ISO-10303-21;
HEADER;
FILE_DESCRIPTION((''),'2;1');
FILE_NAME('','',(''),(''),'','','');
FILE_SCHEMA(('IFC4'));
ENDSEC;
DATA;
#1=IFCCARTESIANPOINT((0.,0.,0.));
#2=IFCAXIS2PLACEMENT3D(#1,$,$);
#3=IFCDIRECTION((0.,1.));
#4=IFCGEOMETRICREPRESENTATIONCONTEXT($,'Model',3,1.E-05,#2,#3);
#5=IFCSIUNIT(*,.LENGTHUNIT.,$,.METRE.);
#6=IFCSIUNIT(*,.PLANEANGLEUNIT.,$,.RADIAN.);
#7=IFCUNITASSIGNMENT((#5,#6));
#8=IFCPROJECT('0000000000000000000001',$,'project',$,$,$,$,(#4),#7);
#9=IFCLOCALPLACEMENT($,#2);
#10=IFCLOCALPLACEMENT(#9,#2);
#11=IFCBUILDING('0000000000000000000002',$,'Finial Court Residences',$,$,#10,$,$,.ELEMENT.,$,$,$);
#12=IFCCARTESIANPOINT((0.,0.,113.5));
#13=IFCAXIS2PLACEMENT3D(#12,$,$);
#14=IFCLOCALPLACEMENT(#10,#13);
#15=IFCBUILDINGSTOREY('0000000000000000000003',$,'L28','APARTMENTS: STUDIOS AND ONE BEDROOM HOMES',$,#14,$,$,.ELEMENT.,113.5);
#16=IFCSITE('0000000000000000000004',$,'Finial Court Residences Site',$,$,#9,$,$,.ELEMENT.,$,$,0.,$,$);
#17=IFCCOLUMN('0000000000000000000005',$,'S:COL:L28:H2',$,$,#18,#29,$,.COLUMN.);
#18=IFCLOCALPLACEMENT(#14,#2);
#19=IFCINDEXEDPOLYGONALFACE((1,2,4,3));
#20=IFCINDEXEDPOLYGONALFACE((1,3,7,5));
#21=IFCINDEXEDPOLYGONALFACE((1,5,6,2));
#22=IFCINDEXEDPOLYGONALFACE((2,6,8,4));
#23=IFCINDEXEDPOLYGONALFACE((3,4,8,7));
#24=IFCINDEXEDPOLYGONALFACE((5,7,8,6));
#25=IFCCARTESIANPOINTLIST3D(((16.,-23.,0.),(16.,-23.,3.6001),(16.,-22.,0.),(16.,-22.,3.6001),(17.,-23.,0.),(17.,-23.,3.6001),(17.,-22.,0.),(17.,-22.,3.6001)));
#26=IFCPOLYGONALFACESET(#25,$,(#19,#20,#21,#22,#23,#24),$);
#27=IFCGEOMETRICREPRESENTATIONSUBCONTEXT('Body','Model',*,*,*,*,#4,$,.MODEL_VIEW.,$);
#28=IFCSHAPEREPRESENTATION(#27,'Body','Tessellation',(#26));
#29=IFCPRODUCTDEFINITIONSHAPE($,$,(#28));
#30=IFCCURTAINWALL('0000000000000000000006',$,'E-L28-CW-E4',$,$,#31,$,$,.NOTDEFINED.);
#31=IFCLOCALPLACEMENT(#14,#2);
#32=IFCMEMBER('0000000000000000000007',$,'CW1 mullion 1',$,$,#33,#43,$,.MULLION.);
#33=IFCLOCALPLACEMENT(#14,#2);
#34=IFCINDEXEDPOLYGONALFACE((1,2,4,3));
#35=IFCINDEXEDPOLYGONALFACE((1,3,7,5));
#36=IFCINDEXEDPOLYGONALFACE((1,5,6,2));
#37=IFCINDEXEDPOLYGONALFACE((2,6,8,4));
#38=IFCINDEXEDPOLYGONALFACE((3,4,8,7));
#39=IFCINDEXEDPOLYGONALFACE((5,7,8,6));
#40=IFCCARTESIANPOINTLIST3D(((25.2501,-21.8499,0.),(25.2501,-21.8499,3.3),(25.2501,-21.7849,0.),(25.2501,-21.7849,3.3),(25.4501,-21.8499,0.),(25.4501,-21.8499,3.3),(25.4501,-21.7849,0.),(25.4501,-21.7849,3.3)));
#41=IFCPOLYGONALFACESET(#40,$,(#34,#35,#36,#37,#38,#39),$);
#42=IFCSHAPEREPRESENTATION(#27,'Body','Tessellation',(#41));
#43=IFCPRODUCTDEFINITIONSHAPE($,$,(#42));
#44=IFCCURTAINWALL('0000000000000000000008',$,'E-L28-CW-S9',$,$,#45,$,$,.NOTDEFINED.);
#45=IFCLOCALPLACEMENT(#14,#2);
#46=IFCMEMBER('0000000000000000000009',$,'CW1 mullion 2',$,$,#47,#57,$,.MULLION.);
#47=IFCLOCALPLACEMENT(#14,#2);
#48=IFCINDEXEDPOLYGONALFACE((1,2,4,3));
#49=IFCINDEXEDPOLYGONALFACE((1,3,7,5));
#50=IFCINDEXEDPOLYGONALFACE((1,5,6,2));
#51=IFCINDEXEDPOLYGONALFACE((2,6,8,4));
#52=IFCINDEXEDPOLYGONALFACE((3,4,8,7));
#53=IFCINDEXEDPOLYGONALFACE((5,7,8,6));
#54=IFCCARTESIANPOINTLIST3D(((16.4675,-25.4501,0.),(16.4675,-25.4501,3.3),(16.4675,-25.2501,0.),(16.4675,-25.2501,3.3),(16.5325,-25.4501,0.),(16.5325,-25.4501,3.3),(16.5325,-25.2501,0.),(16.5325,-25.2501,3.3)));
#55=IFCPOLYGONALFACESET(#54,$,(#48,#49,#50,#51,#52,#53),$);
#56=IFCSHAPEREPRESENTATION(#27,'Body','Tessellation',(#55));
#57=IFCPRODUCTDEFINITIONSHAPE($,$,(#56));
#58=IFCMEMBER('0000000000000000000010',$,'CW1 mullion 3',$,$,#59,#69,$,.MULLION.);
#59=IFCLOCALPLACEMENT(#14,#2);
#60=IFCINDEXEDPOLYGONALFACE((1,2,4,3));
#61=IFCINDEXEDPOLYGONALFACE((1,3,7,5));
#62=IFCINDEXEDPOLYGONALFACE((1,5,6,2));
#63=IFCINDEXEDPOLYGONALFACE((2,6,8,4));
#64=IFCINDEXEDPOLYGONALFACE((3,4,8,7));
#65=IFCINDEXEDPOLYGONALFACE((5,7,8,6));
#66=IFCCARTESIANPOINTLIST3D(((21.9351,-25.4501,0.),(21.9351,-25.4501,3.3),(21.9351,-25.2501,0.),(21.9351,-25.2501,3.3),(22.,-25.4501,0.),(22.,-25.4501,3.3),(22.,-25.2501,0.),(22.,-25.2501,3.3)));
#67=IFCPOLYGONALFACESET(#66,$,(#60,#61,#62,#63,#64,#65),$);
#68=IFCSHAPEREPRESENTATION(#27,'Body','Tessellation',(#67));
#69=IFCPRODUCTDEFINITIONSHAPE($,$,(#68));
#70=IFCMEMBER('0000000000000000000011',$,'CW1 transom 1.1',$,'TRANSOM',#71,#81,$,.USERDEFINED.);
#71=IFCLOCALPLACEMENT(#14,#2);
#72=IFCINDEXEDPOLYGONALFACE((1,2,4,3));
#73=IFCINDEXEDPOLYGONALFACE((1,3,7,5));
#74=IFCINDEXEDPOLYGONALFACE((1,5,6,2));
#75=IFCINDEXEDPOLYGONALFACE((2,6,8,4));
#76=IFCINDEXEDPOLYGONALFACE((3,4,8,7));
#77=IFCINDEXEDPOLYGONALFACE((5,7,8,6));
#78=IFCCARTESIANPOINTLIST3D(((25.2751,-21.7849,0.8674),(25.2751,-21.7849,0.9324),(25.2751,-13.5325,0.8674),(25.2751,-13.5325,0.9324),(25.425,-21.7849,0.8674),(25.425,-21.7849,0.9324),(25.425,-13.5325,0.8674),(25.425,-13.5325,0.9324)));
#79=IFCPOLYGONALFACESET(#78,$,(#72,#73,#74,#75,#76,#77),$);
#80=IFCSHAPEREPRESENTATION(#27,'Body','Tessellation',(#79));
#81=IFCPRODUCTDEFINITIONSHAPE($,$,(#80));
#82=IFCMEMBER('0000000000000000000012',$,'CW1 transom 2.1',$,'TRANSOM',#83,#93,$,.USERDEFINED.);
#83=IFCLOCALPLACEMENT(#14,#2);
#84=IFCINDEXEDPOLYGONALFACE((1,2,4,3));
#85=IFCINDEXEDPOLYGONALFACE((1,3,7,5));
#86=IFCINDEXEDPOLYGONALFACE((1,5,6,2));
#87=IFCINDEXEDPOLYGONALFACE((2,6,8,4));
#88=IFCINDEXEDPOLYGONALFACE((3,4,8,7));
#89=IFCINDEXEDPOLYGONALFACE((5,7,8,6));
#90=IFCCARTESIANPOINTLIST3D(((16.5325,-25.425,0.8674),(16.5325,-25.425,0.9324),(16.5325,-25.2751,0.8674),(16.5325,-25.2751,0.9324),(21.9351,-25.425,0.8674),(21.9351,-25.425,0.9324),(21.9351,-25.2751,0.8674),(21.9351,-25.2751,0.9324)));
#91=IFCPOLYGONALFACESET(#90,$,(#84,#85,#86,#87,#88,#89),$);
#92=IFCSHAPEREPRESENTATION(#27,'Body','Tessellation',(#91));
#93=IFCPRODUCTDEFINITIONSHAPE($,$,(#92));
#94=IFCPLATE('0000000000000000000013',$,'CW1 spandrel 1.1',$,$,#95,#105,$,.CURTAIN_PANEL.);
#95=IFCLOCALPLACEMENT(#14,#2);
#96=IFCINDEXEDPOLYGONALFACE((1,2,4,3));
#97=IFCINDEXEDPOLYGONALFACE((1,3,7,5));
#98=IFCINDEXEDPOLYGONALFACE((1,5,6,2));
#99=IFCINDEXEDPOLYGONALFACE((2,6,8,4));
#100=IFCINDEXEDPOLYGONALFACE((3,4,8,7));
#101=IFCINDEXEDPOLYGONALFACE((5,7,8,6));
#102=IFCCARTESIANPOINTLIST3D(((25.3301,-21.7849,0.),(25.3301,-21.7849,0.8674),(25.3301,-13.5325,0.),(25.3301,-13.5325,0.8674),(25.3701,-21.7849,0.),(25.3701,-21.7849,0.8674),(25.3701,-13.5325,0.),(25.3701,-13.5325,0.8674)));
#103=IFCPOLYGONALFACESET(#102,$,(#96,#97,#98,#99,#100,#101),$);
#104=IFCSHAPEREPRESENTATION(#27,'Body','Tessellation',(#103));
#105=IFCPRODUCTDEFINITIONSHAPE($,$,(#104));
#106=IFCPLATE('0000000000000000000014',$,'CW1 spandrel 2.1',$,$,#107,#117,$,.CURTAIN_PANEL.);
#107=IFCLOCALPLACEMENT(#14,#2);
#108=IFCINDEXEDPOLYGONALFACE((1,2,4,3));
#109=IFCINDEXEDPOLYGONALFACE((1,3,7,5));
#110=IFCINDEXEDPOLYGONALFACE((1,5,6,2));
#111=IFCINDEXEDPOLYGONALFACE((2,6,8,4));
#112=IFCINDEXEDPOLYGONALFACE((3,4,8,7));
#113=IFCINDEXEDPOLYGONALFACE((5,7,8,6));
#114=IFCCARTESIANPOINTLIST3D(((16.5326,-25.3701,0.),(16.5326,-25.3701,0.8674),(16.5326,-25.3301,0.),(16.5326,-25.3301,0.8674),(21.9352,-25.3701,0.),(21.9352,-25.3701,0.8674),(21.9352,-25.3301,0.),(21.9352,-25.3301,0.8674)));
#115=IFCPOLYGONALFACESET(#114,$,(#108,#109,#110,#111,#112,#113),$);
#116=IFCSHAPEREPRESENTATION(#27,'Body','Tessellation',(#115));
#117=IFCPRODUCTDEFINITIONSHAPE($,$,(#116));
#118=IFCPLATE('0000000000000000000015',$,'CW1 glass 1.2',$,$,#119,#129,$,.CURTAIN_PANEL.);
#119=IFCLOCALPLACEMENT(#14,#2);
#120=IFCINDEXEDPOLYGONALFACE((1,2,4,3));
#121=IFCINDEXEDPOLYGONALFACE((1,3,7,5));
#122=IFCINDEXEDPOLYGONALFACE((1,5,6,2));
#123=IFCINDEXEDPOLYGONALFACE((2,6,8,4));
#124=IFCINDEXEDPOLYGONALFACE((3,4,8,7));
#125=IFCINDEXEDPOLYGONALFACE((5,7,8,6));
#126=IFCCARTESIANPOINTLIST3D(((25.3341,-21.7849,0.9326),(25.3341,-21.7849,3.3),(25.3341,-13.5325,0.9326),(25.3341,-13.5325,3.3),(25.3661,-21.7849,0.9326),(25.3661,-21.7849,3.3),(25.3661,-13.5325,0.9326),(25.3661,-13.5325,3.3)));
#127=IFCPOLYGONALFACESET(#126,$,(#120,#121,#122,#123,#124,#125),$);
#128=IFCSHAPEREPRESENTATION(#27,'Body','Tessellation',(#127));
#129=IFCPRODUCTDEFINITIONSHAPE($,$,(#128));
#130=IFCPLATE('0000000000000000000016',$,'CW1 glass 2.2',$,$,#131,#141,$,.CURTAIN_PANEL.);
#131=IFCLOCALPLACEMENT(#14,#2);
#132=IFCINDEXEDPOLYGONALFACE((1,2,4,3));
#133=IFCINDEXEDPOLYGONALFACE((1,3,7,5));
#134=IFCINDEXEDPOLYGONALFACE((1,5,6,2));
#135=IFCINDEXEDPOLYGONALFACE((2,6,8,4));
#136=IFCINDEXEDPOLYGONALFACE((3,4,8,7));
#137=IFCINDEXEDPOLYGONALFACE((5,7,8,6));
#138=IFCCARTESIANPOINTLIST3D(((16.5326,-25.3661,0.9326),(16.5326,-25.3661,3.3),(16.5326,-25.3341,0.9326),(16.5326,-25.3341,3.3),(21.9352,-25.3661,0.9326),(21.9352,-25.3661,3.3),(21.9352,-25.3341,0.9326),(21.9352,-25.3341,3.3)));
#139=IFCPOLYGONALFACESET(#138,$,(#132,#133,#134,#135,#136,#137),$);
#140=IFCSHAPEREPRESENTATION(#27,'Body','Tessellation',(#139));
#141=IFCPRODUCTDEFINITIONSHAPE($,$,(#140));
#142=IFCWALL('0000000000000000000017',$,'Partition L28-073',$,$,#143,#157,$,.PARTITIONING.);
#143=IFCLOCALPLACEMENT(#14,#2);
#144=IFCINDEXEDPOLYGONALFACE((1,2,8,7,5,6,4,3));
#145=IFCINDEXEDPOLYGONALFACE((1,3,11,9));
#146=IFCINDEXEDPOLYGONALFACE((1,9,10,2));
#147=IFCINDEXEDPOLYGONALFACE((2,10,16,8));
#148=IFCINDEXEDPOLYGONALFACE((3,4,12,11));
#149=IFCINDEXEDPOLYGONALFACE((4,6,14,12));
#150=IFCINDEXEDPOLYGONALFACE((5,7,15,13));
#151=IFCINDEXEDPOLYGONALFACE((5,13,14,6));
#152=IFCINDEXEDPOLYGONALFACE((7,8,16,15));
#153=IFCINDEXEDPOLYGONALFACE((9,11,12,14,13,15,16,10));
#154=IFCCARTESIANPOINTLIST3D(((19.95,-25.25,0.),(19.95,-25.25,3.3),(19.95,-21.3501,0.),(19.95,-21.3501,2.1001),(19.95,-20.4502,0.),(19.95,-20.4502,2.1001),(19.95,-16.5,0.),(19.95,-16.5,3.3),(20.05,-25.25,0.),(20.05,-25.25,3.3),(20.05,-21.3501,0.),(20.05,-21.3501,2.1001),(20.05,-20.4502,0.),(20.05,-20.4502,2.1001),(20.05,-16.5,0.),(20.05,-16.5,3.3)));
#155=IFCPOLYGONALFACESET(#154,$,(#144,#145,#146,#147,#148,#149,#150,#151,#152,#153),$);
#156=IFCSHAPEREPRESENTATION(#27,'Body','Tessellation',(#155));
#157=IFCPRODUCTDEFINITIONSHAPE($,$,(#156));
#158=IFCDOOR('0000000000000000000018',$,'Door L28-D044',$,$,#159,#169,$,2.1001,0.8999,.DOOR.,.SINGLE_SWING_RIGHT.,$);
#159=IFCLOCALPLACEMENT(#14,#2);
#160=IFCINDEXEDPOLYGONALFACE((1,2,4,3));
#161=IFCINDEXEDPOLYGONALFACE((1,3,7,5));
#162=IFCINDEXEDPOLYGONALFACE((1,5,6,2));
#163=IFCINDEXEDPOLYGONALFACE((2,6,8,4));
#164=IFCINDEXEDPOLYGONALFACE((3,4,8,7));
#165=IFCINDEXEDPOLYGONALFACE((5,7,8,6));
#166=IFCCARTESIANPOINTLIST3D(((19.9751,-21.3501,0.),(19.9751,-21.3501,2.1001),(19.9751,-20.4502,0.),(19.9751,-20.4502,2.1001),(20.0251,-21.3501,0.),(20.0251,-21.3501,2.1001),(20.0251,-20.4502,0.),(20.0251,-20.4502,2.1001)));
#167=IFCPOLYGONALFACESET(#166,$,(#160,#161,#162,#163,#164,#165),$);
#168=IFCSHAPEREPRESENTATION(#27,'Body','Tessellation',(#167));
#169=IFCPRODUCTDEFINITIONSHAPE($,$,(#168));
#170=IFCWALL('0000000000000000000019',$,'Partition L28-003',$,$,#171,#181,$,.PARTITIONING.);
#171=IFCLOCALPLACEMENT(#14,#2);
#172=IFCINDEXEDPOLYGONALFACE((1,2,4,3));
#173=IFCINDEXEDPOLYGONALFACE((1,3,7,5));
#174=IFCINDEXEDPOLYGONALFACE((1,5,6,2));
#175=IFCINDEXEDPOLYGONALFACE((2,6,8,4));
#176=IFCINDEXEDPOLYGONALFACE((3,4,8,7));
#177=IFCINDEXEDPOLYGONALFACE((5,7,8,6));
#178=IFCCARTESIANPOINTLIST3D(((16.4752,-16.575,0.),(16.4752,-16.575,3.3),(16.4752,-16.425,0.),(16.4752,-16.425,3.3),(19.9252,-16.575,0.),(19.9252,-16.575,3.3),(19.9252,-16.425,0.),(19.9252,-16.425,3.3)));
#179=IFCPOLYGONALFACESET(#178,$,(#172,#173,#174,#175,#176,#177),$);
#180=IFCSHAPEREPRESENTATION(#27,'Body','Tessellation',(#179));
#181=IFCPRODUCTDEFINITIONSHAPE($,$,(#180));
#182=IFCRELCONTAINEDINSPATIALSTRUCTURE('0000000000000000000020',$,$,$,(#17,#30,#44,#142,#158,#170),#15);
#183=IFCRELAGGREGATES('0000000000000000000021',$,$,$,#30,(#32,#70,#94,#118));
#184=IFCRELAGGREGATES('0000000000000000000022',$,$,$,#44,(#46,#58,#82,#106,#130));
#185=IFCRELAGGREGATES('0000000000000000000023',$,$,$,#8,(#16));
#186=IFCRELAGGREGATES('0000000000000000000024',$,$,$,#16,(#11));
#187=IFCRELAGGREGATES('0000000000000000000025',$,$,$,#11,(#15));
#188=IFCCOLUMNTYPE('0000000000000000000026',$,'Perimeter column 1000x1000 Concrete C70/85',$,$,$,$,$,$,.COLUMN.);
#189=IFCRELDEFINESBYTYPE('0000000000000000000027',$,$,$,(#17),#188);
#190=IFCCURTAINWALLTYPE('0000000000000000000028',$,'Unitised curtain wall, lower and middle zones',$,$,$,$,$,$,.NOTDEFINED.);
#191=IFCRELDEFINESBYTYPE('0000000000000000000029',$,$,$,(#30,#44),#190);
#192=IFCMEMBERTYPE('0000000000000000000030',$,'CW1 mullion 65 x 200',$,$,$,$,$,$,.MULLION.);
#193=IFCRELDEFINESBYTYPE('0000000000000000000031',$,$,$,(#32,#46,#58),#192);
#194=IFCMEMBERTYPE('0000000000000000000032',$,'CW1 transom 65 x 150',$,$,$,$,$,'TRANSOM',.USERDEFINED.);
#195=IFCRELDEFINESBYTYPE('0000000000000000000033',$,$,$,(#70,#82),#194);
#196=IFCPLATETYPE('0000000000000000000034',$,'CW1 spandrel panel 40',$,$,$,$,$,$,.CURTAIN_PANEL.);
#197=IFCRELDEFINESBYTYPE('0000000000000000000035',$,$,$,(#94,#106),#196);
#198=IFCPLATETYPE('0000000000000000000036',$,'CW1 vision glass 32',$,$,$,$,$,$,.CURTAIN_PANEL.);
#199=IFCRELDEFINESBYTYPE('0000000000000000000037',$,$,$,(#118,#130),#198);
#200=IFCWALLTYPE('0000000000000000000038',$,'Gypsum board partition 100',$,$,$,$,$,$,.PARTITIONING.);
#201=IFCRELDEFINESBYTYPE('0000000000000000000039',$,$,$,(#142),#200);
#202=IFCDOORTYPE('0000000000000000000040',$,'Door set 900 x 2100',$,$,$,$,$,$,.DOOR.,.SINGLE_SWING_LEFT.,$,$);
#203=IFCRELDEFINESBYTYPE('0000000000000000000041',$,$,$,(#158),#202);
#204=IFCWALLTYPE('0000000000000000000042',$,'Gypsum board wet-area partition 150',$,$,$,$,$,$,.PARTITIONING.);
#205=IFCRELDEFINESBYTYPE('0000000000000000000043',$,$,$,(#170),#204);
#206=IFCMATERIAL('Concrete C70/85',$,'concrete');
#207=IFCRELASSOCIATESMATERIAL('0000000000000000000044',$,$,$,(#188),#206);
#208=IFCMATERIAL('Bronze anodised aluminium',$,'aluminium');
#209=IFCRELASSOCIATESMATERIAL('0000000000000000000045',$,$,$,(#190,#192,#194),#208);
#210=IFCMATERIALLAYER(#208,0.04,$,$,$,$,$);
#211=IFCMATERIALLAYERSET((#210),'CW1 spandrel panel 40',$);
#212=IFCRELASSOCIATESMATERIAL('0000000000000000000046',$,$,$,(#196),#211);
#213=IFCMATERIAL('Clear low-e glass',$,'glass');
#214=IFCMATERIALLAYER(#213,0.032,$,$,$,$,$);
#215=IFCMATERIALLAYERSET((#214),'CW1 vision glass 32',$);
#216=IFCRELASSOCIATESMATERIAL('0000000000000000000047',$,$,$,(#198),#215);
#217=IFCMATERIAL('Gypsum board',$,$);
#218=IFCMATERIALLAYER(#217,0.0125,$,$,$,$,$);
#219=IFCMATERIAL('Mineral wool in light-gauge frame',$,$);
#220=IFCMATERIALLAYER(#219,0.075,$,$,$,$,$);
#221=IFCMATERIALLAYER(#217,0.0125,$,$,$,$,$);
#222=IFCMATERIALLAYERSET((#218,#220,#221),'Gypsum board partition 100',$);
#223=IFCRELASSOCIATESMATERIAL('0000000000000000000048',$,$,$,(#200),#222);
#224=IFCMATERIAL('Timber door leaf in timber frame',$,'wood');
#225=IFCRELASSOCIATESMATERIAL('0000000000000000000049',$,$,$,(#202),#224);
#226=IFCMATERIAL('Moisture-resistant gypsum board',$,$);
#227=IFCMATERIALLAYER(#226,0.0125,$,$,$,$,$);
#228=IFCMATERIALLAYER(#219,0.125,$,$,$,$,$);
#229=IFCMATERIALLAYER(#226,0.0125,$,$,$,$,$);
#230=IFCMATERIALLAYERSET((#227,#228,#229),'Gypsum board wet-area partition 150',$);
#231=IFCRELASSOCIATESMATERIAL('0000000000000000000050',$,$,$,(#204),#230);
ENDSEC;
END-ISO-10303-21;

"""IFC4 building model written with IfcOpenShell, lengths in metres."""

from ifc_helpers import new_model, si_unit, direction, frame, frame_2d, origin, origin_2d, place, context, subcontext, project, spatial, rectangle, extrude, material, layer, layer_set, material_profile, profile_set, type_object, element, fill, aggregate, save


model = new_model("IFC4")

# Units and contexts
model_context = context("Model", 3, precision=1e-05, world=origin(), true_north=direction((0.0, 1.0)))
body_context = subcontext(model_context, "Body", "Model", "MODEL_VIEW")
ifc_project = project(units=[si_unit("LENGTHUNIT", "METRE"), si_unit("PLANEANGLEUNIT", "RADIAN")], contexts=[model_context])

# Site, building, storey
site_placement = place(None, origin())
site = spatial("IfcSite", under=ifc_project, at=site_placement, Name="Finial Court Residences Site", CompositionType="ELEMENT", RefElevation=0.0)
building_placement = place(site_placement, origin())
building = spatial("IfcBuilding", under=site, at=building_placement, Name="Finial Court Residences", CompositionType="ELEMENT")
storey_placement = place(building_placement, frame((0.0, 0.0, 113.5)))
storey = spatial("IfcBuildingStorey", under=building, at=storey_placement, Name="L28", Description="APARTMENTS: STUDIOS AND ONE BEDROOM HOMES", CompositionType="ELEMENT", Elevation=113.5)

# Column
ifc_material_1 = material(Name="Concrete C70/85", Category="concrete")
ifc_material_profile_1 = material_profile(ifc_material_1, rectangle(XDim=1.0, YDim=1.0, at=origin_2d()), Name="1000x1000")
ifc_profile_set_1 = profile_set([ifc_material_profile_1], Name="Concrete C70/85")
column_type = type_object("IfcColumnType", Name="Perimeter column 1000x1000 Concrete C70/85", PredefinedType="COLUMN", material=ifc_profile_set_1)
column_placement = place(storey_placement, frame((16.5, -22.5, 0.0), z_axis=(0.0, 0.0, 1.0), x_axis=(1.0, 0.0, 0.0)))
element("IfcColumn", 1, at=column_placement, inside=storey, type_object=column_type, Name="S:COL:L28:H2", PredefinedType="COLUMN", context=body_context, shape_type="SweptSolid", body=[
    extrude(rectangle(XDim=1.0, YDim=1.0, at=origin_2d()), origin(), (0.0, 0.0, 1.0), 3.6001),
])

# Curtain wall, member
ifc_material_2 = material(Name="Bronze anodised aluminium", Category="aluminium")
curtain_wall_type = type_object("IfcCurtainWallType", Name="Unitised curtain wall, lower and middle zones", PredefinedType="NOTDEFINED", material=ifc_material_2)
curtain_wall_1_placement = place(storey_placement, origin())
curtain_wall_1 = element("IfcCurtainWall", 2, at=curtain_wall_1_placement, inside=storey, type_object=curtain_wall_type, Name="E-L28-CW-E4", PredefinedType="NOTDEFINED")
ifc_material_profile_2 = material_profile(ifc_material_2, rectangle(XDim=0.2, YDim=0.0649, at=origin_2d()), Name="CW1 mullion 65 x 200")
ifc_profile_set_2 = profile_set([ifc_material_profile_2], Name="Bronze anodised aluminium")
member_type_1 = type_object("IfcMemberType", Name="CW1 mullion 65 x 200", PredefinedType="MULLION", material=ifc_profile_set_2)
member_1_placement = place(storey_placement, frame((25.3501, -21.8174, 0.0), z_axis=(0.0, 0.0, 1.0), x_axis=(-1.0, 0.0, 0.0)))
member_1 = element("IfcMember", 3, at=member_1_placement, type_object=member_type_1, Name="CW1 mullion 1", PredefinedType="MULLION", context=body_context, shape_type="SweptSolid", body=[
    extrude(rectangle(XDim=0.2, YDim=0.0649, at=origin_2d()), origin(), (0.0, 0.0, 1.0), 3.3),
])

# Curtain wall, members
curtain_wall_2_placement = place(storey_placement, origin())
curtain_wall_2 = element("IfcCurtainWall", 4, at=curtain_wall_2_placement, inside=storey, type_object=curtain_wall_type, Name="E-L28-CW-S9", PredefinedType="NOTDEFINED")
member_2_placement = place(storey_placement, frame((16.5, -25.3501, 0.0), z_axis=(0.0, 0.0, 1.0), x_axis=(0.0, 1.0, 0.0)))
member_2 = element("IfcMember", 5, at=member_2_placement, type_object=member_type_1, Name="CW1 mullion 2", PredefinedType="MULLION", context=body_context, shape_type="SweptSolid", body=[
    extrude(rectangle(XDim=0.2, YDim=0.0649, at=origin_2d()), origin(), (0.0, 0.0, 1.0), 3.3),
])
member_3_placement = place(storey_placement, frame((21.9675, -25.3501, 0.0), z_axis=(0.0, 0.0, 1.0), x_axis=(0.0, 1.0, 0.0)))
member_3 = element("IfcMember", 6, at=member_3_placement, type_object=member_type_1, Name="CW1 mullion 3", PredefinedType="MULLION", context=body_context, shape_type="SweptSolid", body=[
    extrude(rectangle(XDim=0.2, YDim=0.0649, at=origin_2d()), origin(), (0.0, 0.0, 1.0), 3.3),
])

# Members
ifc_material_profile_3 = material_profile(ifc_material_2, rectangle(XDim=0.1499, YDim=0.0649, at=origin_2d()), Name="CW1 transom 65 x 150")
ifc_profile_set_3 = profile_set([ifc_material_profile_3], Name="Bronze anodised aluminium")
member_type_2 = type_object("IfcMemberType", Name="CW1 transom 65 x 150", ElementType="TRANSOM", PredefinedType="USERDEFINED", material=ifc_profile_set_3)
member_4_placement = place(storey_placement, frame((25.3501, -21.7849, 0.8999), z_axis=(0.0, 1.0, 0.0), x_axis=(-1.0, 0.0, 0.0)))
member_4 = element("IfcMember", 7, at=member_4_placement, type_object=member_type_2, Name="CW1 transom 1.1", ObjectType="TRANSOM", PredefinedType="USERDEFINED", context=body_context, shape_type="SweptSolid", body=[
    extrude(rectangle(XDim=0.1499, YDim=0.0649, at=origin_2d()), origin(), (0.0, 0.0, 1.0), 8.2524),
])
member_5_placement = place(storey_placement, frame((16.5325, -25.3501, 0.8999), z_axis=(1.0, 0.0, 0.0), x_axis=(0.0, 1.0, 0.0)))
member_5 = element("IfcMember", 8, at=member_5_placement, type_object=member_type_2, Name="CW1 transom 2.1", ObjectType="TRANSOM", PredefinedType="USERDEFINED", context=body_context, shape_type="SweptSolid", body=[
    extrude(rectangle(XDim=0.1499, YDim=0.0649, at=origin_2d()), origin(), (0.0, 0.0, 1.0), 5.4026),
])

# Plates
ifc_layer_1 = layer(ifc_material_2, 0.04)
ifc_layer_set_1 = layer_set([ifc_layer_1], Name="CW1 spandrel panel 40")
plate_type_1 = type_object("IfcPlateType", Name="CW1 spandrel panel 40", PredefinedType="CURTAIN_PANEL", material=ifc_layer_set_1)
plate_1_placement = place(storey_placement, frame((25.3501, -17.6587, 0.0), z_axis=(0.0, 0.0, 1.0), x_axis=(0.0, 1.0, 0.0)))
plate_1 = element("IfcPlate", 9, at=plate_1_placement, type_object=plate_type_1, Name="CW1 spandrel 1.1", PredefinedType="CURTAIN_PANEL", context=body_context, shape_type="SweptSolid", body=[
    extrude(rectangle(XDim=8.2524, YDim=0.04, at=origin_2d()), origin(), (0.0, 0.0, 1.0), 0.8674),
])
plate_2_placement = place(storey_placement, frame((19.2339, -25.3501, 0.0), z_axis=(0.0, 0.0, 1.0), x_axis=(1.0, 0.0, 0.0)))
plate_2 = element("IfcPlate", 10, at=plate_2_placement, type_object=plate_type_1, Name="CW1 spandrel 2.1", PredefinedType="CURTAIN_PANEL", context=body_context, shape_type="SweptSolid", body=[
    extrude(rectangle(XDim=5.4026, YDim=0.04, at=origin_2d()), origin(), (0.0, 0.0, 1.0), 0.8674),
])
ifc_material_3 = material(Name="Clear low-e glass", Category="glass")
ifc_layer_2 = layer(ifc_material_3, 0.032)
ifc_layer_set_2 = layer_set([ifc_layer_2], Name="CW1 vision glass 32")
plate_type_2 = type_object("IfcPlateType", Name="CW1 vision glass 32", PredefinedType="CURTAIN_PANEL", material=ifc_layer_set_2)
plate_3_placement = place(storey_placement, frame((25.3501, -17.6587, 0.9326), z_axis=(0.0, 0.0, 1.0), x_axis=(0.0, 1.0, 0.0)))
plate_3 = element("IfcPlate", 11, at=plate_3_placement, type_object=plate_type_2, Name="CW1 glass 1.2", PredefinedType="CURTAIN_PANEL", context=body_context, shape_type="SweptSolid", body=[
    extrude(rectangle(XDim=8.2524, YDim=0.032, at=origin_2d()), origin(), (0.0, 0.0, 1.0), 2.3674),
])
aggregate(curtain_wall_1, [member_1, member_4, plate_1, plate_3])
plate_4_placement = place(storey_placement, frame((19.2339, -25.3501, 0.9326), z_axis=(0.0, 0.0, 1.0), x_axis=(1.0, 0.0, 0.0)))
plate_4 = element("IfcPlate", 12, at=plate_4_placement, type_object=plate_type_2, Name="CW1 glass 2.2", PredefinedType="CURTAIN_PANEL", context=body_context, shape_type="SweptSolid", body=[
    extrude(rectangle(XDim=5.4026, YDim=0.032, at=origin_2d()), origin(), (0.0, 0.0, 1.0), 2.3674),
])
aggregate(curtain_wall_2, [member_2, member_3, member_5, plate_2, plate_4])

# Wall, opening, door
ifc_material_4 = material(Name="Gypsum board")
ifc_layer_3 = layer(ifc_material_4, 0.0125)
ifc_material_5 = material(Name="Mineral wool in light-gauge frame")
ifc_layer_4 = layer(ifc_material_5, 0.075)
ifc_layer_5 = layer(ifc_material_4, 0.0125)
ifc_layer_set_3 = layer_set([ifc_layer_3, ifc_layer_4, ifc_layer_5], Name="Gypsum board partition 100")
wall_type_1 = type_object("IfcWallType", Name="Gypsum board partition 100", PredefinedType="PARTITIONING", material=ifc_layer_set_3)
wall_1_placement = place(storey_placement, frame((20.0, -25.25, 0.0), z_axis=(0.0, 0.0, 1.0), x_axis=(0.0, 1.0, 0.0)))
wall_1 = element("IfcWall", 13, at=wall_1_placement, inside=storey, type_object=wall_type_1, Name="Partition L28-073", PredefinedType="PARTITIONING", context=body_context, shape_type="SweptSolid", body=[
    extrude(rectangle(XDim=8.75, YDim=0.1001, at=frame_2d((4.375, 0.0))), origin(), (0.0, 0.0, 1.0), 3.3),
])
opening_1_placement = place(wall_1_placement, frame((3.8999, 0.0, 0.0)))
opening_1 = element("IfcOpeningElement", 14, at=opening_1_placement, cuts=wall_1, PredefinedType="OPENING", context=body_context, shape_type="SweptSolid", body=[
    extrude(rectangle(XDim=0.8999, YDim=2.1001, at=frame_2d((0.45, 1.05))), frame((0.0, 0.0601, 0.0), z_axis=(0.0, -1.0, 0.0), x_axis=(1.0, 0.0, 0.0)), (0.0, 0.0, 1.0), 0.1201),
])
ifc_material_6 = material(Name="Timber door leaf in timber frame", Category="wood")
door_type = type_object("IfcDoorType", Name="Door set 900 x 2100", OperationType="SINGLE_SWING_LEFT", PredefinedType="DOOR", material=ifc_material_6)
door_1_placement = place(opening_1_placement, origin())
door_1 = element("IfcDoor", 15, at=door_1_placement, inside=storey, type_object=door_type, Name="Door L28-D044", OperationType="SINGLE_SWING_RIGHT", OverallHeight=2.1001, OverallWidth=0.8999, PredefinedType="DOOR", context=body_context, shape_type="SweptSolid", body=[
    extrude(rectangle(XDim=0.8999, YDim=2.1001, at=frame_2d((0.45, 1.05))), frame((0.0, 0.0249, 0.0), z_axis=(0.0, -1.0, 0.0), x_axis=(1.0, 0.0, 0.0)), (0.0, 0.0, 1.0), 0.05),
])
fill(opening_1, door_1)

# Wall
ifc_material_7 = material(Name="Moisture-resistant gypsum board")
ifc_layer_6 = layer(ifc_material_7, 0.0125)
ifc_layer_7 = layer(ifc_material_5, 0.125)
ifc_layer_8 = layer(ifc_material_7, 0.0125)
ifc_layer_set_4 = layer_set([ifc_layer_6, ifc_layer_7, ifc_layer_8], Name="Gypsum board wet-area partition 150")
wall_type_2 = type_object("IfcWallType", Name="Gypsum board wet-area partition 150", PredefinedType="PARTITIONING", material=ifc_layer_set_4)
wall_2_placement = place(storey_placement, frame((16.4751, -16.5, 0.0), z_axis=(0.0, 0.0, 1.0), x_axis=(1.0, 0.0, 0.0)))
element("IfcWall", 16, at=wall_2_placement, inside=storey, type_object=wall_type_2, Name="Partition L28-003", PredefinedType="PARTITIONING", context=body_context, shape_type="SweptSolid", body=[
    extrude(rectangle(XDim=3.45, YDim=0.1499, at=frame_2d((1.7251, 0.0))), origin(), (0.0, 0.0, 1.0), 3.3),
])

save(model, "model.ifc")
